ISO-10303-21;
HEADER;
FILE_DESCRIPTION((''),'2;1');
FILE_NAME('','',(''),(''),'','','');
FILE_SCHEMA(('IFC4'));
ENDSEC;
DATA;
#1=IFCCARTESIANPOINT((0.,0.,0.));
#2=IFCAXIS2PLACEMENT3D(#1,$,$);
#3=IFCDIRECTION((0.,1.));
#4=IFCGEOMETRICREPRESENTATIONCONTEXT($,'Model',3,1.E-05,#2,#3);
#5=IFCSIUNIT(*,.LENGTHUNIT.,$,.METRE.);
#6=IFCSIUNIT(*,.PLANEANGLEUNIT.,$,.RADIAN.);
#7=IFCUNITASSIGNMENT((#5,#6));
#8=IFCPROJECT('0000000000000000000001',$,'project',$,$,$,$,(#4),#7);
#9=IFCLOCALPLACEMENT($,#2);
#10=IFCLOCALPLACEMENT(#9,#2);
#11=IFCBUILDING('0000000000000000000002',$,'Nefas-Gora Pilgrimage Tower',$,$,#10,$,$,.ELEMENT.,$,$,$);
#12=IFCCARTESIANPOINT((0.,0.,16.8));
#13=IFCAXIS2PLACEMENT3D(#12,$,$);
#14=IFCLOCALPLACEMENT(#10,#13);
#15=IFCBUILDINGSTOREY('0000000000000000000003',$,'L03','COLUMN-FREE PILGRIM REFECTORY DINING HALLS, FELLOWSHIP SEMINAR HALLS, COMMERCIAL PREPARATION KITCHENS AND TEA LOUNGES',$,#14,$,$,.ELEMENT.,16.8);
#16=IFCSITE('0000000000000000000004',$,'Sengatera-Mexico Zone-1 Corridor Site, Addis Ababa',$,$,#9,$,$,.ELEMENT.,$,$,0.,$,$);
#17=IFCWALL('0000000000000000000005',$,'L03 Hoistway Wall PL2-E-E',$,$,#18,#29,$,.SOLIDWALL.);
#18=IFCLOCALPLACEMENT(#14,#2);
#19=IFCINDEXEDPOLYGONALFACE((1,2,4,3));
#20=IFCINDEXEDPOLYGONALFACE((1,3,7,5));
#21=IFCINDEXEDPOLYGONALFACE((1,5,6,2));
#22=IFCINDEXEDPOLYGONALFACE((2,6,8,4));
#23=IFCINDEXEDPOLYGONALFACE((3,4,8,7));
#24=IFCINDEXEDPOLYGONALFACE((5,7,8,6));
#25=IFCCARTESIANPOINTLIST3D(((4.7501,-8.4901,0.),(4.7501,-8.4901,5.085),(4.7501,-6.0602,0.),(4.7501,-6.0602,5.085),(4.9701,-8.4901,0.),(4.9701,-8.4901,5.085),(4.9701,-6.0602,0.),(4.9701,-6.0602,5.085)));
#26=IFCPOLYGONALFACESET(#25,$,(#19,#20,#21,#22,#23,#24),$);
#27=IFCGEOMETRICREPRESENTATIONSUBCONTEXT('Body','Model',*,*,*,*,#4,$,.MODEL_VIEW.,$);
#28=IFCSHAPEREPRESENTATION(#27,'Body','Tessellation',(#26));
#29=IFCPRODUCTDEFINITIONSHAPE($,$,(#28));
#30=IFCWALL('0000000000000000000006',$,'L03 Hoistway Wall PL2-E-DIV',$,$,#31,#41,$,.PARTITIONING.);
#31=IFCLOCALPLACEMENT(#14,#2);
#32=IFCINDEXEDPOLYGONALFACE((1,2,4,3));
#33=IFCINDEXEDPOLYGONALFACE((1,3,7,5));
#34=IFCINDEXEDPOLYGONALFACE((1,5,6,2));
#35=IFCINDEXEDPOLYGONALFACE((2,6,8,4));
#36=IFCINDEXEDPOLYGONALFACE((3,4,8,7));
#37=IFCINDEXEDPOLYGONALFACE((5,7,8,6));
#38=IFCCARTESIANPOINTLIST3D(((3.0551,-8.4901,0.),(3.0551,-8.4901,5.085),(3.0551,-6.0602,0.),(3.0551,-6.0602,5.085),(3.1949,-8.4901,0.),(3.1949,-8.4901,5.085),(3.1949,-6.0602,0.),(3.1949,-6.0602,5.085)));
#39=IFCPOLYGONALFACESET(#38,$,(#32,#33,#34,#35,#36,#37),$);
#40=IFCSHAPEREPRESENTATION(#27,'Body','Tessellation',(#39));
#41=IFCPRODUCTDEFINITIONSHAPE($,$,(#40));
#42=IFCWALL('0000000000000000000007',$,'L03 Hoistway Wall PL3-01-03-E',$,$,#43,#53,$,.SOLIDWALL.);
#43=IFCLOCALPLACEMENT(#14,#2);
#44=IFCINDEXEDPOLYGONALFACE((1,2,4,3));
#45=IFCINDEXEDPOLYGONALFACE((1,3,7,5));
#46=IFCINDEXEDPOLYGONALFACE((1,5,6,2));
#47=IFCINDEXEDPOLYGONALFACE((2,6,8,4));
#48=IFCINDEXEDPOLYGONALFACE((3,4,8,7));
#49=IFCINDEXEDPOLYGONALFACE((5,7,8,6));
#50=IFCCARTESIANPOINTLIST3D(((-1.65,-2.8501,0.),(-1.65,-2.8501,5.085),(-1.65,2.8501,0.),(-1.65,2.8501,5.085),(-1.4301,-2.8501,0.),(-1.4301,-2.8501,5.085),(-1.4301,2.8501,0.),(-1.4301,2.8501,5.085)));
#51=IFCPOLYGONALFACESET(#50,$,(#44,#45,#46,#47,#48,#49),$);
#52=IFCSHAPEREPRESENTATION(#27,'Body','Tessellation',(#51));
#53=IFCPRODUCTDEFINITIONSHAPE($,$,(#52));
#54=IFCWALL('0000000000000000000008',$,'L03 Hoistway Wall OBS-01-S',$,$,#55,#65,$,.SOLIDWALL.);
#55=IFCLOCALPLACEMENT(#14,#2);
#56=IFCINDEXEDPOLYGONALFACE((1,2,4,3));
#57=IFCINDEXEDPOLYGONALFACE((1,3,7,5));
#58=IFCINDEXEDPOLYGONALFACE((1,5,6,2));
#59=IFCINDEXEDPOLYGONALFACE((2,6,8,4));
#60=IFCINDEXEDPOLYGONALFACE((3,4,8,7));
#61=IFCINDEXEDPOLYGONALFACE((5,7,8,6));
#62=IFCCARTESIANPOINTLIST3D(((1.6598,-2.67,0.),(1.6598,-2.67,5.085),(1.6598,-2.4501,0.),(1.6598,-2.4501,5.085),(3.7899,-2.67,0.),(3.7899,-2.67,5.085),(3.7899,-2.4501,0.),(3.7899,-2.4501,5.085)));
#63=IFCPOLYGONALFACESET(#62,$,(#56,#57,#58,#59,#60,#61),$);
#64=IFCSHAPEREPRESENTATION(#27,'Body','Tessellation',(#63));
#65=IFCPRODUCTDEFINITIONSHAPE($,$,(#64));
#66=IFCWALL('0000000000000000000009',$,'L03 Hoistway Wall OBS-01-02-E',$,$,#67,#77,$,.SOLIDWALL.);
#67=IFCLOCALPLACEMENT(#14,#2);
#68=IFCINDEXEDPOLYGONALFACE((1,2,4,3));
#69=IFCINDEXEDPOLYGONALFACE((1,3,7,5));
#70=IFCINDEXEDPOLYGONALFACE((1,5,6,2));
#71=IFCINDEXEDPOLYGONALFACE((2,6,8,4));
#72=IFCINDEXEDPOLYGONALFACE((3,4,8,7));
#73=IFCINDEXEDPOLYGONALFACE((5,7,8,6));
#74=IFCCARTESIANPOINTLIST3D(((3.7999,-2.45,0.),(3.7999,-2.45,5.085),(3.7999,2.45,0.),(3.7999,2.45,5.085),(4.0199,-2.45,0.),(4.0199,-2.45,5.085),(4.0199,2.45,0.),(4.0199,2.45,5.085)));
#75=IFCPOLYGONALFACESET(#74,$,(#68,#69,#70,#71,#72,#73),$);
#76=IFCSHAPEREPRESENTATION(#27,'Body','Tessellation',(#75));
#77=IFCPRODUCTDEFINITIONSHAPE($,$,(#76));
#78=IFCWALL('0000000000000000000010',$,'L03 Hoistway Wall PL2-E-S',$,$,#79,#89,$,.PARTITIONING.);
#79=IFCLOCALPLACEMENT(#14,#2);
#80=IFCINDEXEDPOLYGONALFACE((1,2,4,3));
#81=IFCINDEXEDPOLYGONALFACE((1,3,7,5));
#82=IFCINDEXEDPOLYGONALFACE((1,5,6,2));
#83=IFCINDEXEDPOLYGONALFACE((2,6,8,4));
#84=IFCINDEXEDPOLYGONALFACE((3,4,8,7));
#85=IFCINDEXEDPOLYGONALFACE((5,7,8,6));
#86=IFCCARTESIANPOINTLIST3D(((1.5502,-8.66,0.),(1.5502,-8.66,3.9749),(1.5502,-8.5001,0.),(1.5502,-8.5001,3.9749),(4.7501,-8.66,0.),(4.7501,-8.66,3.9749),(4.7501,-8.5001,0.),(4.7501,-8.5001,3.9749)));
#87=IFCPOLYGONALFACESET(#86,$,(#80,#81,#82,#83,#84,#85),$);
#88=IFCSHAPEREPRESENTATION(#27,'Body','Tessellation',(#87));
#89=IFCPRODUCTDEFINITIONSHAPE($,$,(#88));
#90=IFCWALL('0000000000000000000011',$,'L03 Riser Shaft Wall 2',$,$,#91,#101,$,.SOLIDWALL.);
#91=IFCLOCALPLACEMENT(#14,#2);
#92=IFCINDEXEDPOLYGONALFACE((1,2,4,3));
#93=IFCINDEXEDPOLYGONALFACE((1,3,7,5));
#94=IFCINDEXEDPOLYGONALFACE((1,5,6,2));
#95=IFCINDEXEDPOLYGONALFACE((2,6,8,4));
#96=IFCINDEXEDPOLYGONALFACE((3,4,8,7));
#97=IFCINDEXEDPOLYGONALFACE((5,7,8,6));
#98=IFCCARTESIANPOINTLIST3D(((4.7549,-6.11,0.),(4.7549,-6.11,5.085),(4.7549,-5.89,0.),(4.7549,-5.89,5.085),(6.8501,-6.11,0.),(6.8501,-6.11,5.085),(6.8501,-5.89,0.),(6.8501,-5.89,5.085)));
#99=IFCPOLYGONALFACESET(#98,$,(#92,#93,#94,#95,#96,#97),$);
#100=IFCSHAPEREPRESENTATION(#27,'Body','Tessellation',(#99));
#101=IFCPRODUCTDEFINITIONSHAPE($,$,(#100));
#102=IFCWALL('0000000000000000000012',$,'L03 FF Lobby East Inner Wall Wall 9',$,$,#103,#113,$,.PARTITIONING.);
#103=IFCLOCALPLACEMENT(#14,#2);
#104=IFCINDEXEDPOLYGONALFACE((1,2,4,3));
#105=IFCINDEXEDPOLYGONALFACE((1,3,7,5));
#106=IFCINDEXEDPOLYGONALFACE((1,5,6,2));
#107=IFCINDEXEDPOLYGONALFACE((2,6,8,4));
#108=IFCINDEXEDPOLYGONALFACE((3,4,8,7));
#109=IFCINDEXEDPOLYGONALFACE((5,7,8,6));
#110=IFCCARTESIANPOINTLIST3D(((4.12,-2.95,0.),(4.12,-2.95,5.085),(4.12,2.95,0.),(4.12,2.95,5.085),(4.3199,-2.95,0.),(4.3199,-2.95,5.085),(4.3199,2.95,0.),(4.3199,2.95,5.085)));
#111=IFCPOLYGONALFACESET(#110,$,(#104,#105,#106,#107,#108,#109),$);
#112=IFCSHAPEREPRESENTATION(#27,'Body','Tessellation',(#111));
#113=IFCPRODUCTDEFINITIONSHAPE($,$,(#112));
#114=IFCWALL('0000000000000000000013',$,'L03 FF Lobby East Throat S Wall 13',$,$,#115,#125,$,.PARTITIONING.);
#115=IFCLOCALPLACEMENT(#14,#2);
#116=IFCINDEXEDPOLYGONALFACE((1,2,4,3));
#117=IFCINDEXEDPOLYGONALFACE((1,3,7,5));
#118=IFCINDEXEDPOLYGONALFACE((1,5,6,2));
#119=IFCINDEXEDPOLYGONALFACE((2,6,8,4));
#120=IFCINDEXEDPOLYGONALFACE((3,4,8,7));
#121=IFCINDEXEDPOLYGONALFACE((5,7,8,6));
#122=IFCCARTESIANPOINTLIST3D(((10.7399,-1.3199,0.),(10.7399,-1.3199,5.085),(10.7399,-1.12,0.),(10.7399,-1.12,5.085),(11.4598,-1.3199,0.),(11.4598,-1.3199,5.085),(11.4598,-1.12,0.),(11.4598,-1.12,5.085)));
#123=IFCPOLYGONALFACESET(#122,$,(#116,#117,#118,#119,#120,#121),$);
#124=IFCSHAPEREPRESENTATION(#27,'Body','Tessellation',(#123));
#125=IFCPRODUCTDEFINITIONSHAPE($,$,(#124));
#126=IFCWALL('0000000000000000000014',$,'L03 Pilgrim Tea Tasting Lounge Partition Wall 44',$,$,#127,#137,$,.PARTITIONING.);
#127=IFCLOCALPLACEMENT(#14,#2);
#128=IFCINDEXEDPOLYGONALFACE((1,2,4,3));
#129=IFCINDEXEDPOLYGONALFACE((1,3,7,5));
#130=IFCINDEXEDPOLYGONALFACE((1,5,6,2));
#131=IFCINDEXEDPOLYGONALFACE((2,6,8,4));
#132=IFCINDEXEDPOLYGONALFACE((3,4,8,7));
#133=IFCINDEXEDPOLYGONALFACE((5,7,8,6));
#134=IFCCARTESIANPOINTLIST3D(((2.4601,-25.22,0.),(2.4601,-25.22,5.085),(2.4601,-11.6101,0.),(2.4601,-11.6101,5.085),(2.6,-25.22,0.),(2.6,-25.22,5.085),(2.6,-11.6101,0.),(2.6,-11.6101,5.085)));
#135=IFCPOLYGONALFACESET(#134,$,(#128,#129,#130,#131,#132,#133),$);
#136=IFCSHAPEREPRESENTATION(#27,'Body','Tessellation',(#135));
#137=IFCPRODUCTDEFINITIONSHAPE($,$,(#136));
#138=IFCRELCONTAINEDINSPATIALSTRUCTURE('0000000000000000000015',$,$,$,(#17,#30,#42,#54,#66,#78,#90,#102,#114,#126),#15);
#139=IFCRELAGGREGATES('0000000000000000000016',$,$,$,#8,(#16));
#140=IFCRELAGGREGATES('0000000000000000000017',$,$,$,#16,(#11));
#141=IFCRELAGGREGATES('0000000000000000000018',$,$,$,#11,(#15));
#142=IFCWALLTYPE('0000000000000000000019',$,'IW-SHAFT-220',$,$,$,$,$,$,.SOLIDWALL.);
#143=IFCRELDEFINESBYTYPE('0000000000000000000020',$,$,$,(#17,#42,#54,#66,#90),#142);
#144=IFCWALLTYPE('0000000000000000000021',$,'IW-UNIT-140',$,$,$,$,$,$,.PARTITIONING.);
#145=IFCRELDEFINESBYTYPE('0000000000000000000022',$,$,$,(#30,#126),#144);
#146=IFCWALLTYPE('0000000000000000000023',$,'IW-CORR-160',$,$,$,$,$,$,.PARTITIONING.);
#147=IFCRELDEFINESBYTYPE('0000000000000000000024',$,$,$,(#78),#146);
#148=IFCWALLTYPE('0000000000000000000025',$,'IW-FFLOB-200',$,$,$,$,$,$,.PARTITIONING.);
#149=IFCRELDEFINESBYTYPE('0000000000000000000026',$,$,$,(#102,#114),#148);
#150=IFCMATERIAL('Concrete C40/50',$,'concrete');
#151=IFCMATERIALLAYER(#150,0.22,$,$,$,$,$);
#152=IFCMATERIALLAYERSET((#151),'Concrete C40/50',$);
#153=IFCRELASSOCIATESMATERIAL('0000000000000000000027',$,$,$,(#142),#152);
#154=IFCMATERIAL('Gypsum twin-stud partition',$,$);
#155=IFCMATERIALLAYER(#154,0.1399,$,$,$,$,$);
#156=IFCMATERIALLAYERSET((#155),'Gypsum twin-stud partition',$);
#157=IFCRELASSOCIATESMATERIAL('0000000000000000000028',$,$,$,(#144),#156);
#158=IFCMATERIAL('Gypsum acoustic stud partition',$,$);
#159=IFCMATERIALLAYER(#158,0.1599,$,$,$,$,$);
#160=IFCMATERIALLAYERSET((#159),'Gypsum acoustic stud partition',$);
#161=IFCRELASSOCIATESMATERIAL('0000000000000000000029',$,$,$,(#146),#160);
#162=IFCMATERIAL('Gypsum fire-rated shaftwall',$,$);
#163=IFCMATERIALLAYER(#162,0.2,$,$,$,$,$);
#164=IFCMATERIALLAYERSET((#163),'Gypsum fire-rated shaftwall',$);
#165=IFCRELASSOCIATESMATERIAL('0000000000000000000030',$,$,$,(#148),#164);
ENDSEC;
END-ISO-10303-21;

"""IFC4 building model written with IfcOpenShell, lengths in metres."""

from ifc_helpers import new_model, si_unit, direction, frame, frame_2d, origin, place, context, subcontext, project, spatial, rectangle, extrude, source, transform, mapped, material, layer, layer_set, type_object, element, save


model = new_model("IFC4")

# Units and contexts
model_context = context("Model", 3, precision=1e-05, world=origin(), true_north=direction((0.0, 1.0)))
body_context = subcontext(model_context, "Body", "Model", "MODEL_VIEW")
ifc_project = project(units=[si_unit("LENGTHUNIT", "METRE"), si_unit("PLANEANGLEUNIT", "RADIAN")], contexts=[model_context])

# Site, building, storey
site_placement = place(None, origin())
site = spatial("IfcSite", under=ifc_project, at=site_placement, Name="Sengatera-Mexico Zone-1 Corridor Site, Addis Ababa", CompositionType="ELEMENT", RefElevation=0.0)
building_placement = place(site_placement, origin())
building = spatial("IfcBuilding", under=site, at=building_placement, Name="Nefas-Gora Pilgrimage Tower", CompositionType="ELEMENT")
storey_placement = place(building_placement, frame((0.0, 0.0, 16.8)))
storey = spatial("IfcBuildingStorey", under=building, at=storey_placement, Name="L03", Description="COLUMN-FREE PILGRIM REFECTORY DINING HALLS, FELLOWSHIP SEMINAR HALLS, COMMERCIAL PREPARATION KITCHENS AND TEA LOUNGES", CompositionType="ELEMENT", Elevation=16.8)

# Shared definitions
ifc_material_1 = material(Name="Concrete C40/50", Category="concrete")
ifc_layer_1 = layer(ifc_material_1, 0.22)
ifc_layer_set_1 = layer_set([ifc_layer_1], Name="Concrete C40/50")
wall_type_1 = type_object("IfcWallType", Name="IW-SHAFT-220", PredefinedType="SOLIDWALL", material=ifc_layer_set_1)

# Walls
shared_shape_1 = source(origin(), body_context, "Body", "SweptSolid", [
    extrude(rectangle(XDim=2.4299, YDim=0.22, at=frame_2d((1.2148, 0.0))), origin(), (0.0, 0.0, 1.0), 5.085),
])
for number, where, z_axis, x_axis, name in (
    (1, (4.8601, -8.49, 0.0), (0.0, 0.0, 1.0), (0.0, 1.0, 0.0), "L03 Hoistway Wall PL2-E-E"),
):
    element("IfcWall", number, at=place(storey_placement, frame(where, z_axis=z_axis, x_axis=x_axis)), inside=storey, type_object=wall_type_1, Name=name, PredefinedType="SOLIDWALL", context=body_context, shape_type="MappedRepresentation", body=[
        mapped(shared_shape_1, transform((0.0, 0.0, 0.0), x_axis=(1.0, 0.0, 0.0), y_axis=(0.0, 1.0, 0.0), z_axis=(0.0, 0.0, 1.0), scale=1.0)),
    ])
ifc_material_2 = material(Name="Gypsum twin-stud partition")
ifc_layer_2 = layer(ifc_material_2, 0.1399)
ifc_layer_set_2 = layer_set([ifc_layer_2], Name="Gypsum twin-stud partition")
wall_type_2 = type_object("IfcWallType", Name="IW-UNIT-140", PredefinedType="PARTITIONING", material=ifc_layer_set_2)
shared_shape_2 = source(origin(), body_context, "Body", "SweptSolid", [
    extrude(rectangle(XDim=2.4299, YDim=0.1399, at=frame_2d((1.2148, 0.0))), origin(), (0.0, 0.0, 1.0), 5.085),
])
wall_1_placement = place(storey_placement, frame((3.125, -8.49, 0.0), z_axis=(0.0, 0.0, 1.0), x_axis=(0.0, 1.0, 0.0)))
element("IfcWall", 2, at=wall_1_placement, inside=storey, type_object=wall_type_2, Name="L03 Hoistway Wall PL2-E-DIV", PredefinedType="PARTITIONING", context=body_context, shape_type="MappedRepresentation", body=[
    mapped(shared_shape_2, transform((0.0, 0.0, 0.0), x_axis=(1.0, 0.0, 0.0), y_axis=(0.0, 1.0, 0.0), z_axis=(0.0, 0.0, 1.0), scale=1.0)),
])
shared_shape_3 = source(origin(), body_context, "Body", "SweptSolid", [
    extrude(rectangle(XDim=5.7002, YDim=0.22, at=frame_2d((2.8501, 0.0))), origin(), (0.0, 0.0, 1.0), 5.085),
])
wall_2_placement = place(storey_placement, frame((-1.54, -2.8501, 0.0), z_axis=(0.0, 0.0, 1.0), x_axis=(0.0, 1.0, 0.0)))
element("IfcWall", 3, at=wall_2_placement, inside=storey, type_object=wall_type_1, Name="L03 Hoistway Wall PL3-01-03-E", PredefinedType="SOLIDWALL", context=body_context, shape_type="MappedRepresentation", body=[
    mapped(shared_shape_3, transform((0.0, 0.0, 0.0), x_axis=(1.0, 0.0, 0.0), y_axis=(0.0, 1.0, 0.0), z_axis=(0.0, 0.0, 1.0), scale=1.0)),
])
shared_shape_4 = source(origin(), body_context, "Body", "SweptSolid", [
    extrude(rectangle(XDim=2.1301, YDim=0.22, at=frame_2d((1.0649, 0.0))), origin(), (0.0, 0.0, 1.0), 5.085),
])
wall_3_placement = place(storey_placement, frame((1.6599, -2.5601, 0.0), z_axis=(0.0, 0.0, 1.0), x_axis=(1.0, 0.0, 0.0)))
element("IfcWall", 4, at=wall_3_placement, inside=storey, type_object=wall_type_1, Name="L03 Hoistway Wall OBS-01-S", PredefinedType="SOLIDWALL", context=body_context, shape_type="MappedRepresentation", body=[
    mapped(shared_shape_4, transform((0.0, 0.0, 0.0), x_axis=(1.0, 0.0, 0.0), y_axis=(0.0, 1.0, 0.0), z_axis=(0.0, 0.0, 1.0), scale=1.0)),
])
shared_shape_5 = source(origin(), body_context, "Body", "SweptSolid", [
    extrude(rectangle(XDim=4.8999, YDim=0.22, at=frame_2d((2.45, 0.0))), origin(), (0.0, 0.0, 1.0), 5.085),
])
wall_4_placement = place(storey_placement, frame((3.9099, -2.45, 0.0), z_axis=(0.0, 0.0, 1.0), x_axis=(0.0, 1.0, 0.0)))
element("IfcWall", 5, at=wall_4_placement, inside=storey, type_object=wall_type_1, Name="L03 Hoistway Wall OBS-01-02-E", PredefinedType="SOLIDWALL", context=body_context, shape_type="MappedRepresentation", body=[
    mapped(shared_shape_5, transform((0.0, 0.0, 0.0), x_axis=(1.0, 0.0, 0.0), y_axis=(0.0, 1.0, 0.0), z_axis=(0.0, 0.0, 1.0), scale=1.0)),
])
ifc_material_3 = material(Name="Gypsum acoustic stud partition")
ifc_layer_3 = layer(ifc_material_3, 0.1599)
ifc_layer_set_3 = layer_set([ifc_layer_3], Name="Gypsum acoustic stud partition")
wall_type_3 = type_object("IfcWallType", Name="IW-CORR-160", PredefinedType="PARTITIONING", material=ifc_layer_set_3)
shared_shape_6 = source(origin(), body_context, "Body", "SweptSolid", [
    extrude(rectangle(XDim=3.2, YDim=0.1599, at=frame_2d((1.6001, 0.0))), origin(), (0.0, 0.0, 1.0), 3.9749),
])
wall_5_placement = place(storey_placement, frame((1.55, -8.5801, 0.0), z_axis=(0.0, 0.0, 1.0), x_axis=(1.0, 0.0, 0.0)))
element("IfcWall", 6, at=wall_5_placement, inside=storey, type_object=wall_type_3, Name="L03 Hoistway Wall PL2-E-S", PredefinedType="PARTITIONING", context=body_context, shape_type="MappedRepresentation", body=[
    mapped(shared_shape_6, transform((0.0, 0.0, 0.0), x_axis=(1.0, 0.0, 0.0), y_axis=(0.0, 1.0, 0.0), z_axis=(0.0, 0.0, 1.0), scale=1.0)),
])
shared_shape_7 = source(origin(), body_context, "Body", "SweptSolid", [
    extrude(rectangle(XDim=2.0952, YDim=0.22, at=frame_2d((1.0476, 0.0))), origin(), (0.0, 0.0, 1.0), 5.085),
])
wall_6_placement = place(storey_placement, frame((4.7549, -6.0, 0.0), z_axis=(0.0, 0.0, 1.0), x_axis=(1.0, 0.0, 0.0)))
element("IfcWall", 7, at=wall_6_placement, inside=storey, type_object=wall_type_1, Name="L03 Riser Shaft Wall 2", PredefinedType="SOLIDWALL", context=body_context, shape_type="MappedRepresentation", body=[
    mapped(shared_shape_7, transform((0.0, 0.0, 0.0), x_axis=(1.0, 0.0, 0.0), y_axis=(0.0, 1.0, 0.0), z_axis=(0.0, 0.0, 1.0), scale=1.0)),
])
ifc_material_4 = material(Name="Gypsum fire-rated shaftwall")
ifc_layer_4 = layer(ifc_material_4, 0.2)
ifc_layer_set_4 = layer_set([ifc_layer_4], Name="Gypsum fire-rated shaftwall")
wall_type_4 = type_object("IfcWallType", Name="IW-FFLOB-200", PredefinedType="PARTITIONING", material=ifc_layer_set_4)
shared_shape_8 = source(origin(), body_context, "Body", "SweptSolid", [
    extrude(rectangle(XDim=5.8999, YDim=0.2, at=frame_2d((2.95, 0.0))), origin(), (0.0, 0.0, 1.0), 5.085),
])
wall_7_placement = place(storey_placement, frame((4.22, -2.95, 0.0), z_axis=(0.0, 0.0, 1.0), x_axis=(0.0, 1.0, 0.0)))
element("IfcWall", 8, at=wall_7_placement, inside=storey, type_object=wall_type_4, Name="L03 FF Lobby East Inner Wall Wall 9", PredefinedType="PARTITIONING", context=body_context, shape_type="MappedRepresentation", body=[
    mapped(shared_shape_8, transform((0.0, 0.0, 0.0), x_axis=(1.0, 0.0, 0.0), y_axis=(0.0, 1.0, 0.0), z_axis=(0.0, 0.0, 1.0), scale=1.0)),
])
shared_shape_9 = source(origin(), body_context, "Body", "SweptSolid", [
    extrude(rectangle(XDim=0.72, YDim=0.2, at=frame_2d((0.3599, 0.0))), origin(), (0.0, 0.0, 1.0), 5.085),
])
wall_8_placement = place(storey_placement, frame((10.74, -1.22, 0.0), z_axis=(0.0, 0.0, 1.0), x_axis=(1.0, 0.0, 0.0)))
element("IfcWall", 9, at=wall_8_placement, inside=storey, type_object=wall_type_4, Name="L03 FF Lobby East Throat S Wall 13", PredefinedType="PARTITIONING", context=body_context, shape_type="MappedRepresentation", body=[
    mapped(shared_shape_9, transform((0.0, 0.0, 0.0), x_axis=(1.0, 0.0, 0.0), y_axis=(0.0, 1.0, 0.0), z_axis=(0.0, 0.0, 1.0), scale=1.0)),
])
shared_shape_10 = source(origin(), body_context, "Body", "SweptSolid", [
    extrude(rectangle(XDim=13.6099, YDim=0.1399, at=frame_2d((6.8049, 0.0))), origin(), (0.0, 0.0, 1.0), 5.085),
])
wall_9_placement = place(storey_placement, frame((2.53, -25.22, 0.0), z_axis=(0.0, 0.0, 1.0), x_axis=(0.0, 1.0, 0.0)))
element("IfcWall", 10, at=wall_9_placement, inside=storey, type_object=wall_type_2, Name="L03 Pilgrim Tea Tasting Lounge Partition Wall 44", PredefinedType="PARTITIONING", context=body_context, shape_type="MappedRepresentation", body=[
    mapped(shared_shape_10, transform((0.0, 0.0, 0.0), x_axis=(1.0, 0.0, 0.0), y_axis=(0.0, 1.0, 0.0), z_axis=(0.0, 0.0, 1.0), scale=1.0)),
])

save(model, "model.ifc")
